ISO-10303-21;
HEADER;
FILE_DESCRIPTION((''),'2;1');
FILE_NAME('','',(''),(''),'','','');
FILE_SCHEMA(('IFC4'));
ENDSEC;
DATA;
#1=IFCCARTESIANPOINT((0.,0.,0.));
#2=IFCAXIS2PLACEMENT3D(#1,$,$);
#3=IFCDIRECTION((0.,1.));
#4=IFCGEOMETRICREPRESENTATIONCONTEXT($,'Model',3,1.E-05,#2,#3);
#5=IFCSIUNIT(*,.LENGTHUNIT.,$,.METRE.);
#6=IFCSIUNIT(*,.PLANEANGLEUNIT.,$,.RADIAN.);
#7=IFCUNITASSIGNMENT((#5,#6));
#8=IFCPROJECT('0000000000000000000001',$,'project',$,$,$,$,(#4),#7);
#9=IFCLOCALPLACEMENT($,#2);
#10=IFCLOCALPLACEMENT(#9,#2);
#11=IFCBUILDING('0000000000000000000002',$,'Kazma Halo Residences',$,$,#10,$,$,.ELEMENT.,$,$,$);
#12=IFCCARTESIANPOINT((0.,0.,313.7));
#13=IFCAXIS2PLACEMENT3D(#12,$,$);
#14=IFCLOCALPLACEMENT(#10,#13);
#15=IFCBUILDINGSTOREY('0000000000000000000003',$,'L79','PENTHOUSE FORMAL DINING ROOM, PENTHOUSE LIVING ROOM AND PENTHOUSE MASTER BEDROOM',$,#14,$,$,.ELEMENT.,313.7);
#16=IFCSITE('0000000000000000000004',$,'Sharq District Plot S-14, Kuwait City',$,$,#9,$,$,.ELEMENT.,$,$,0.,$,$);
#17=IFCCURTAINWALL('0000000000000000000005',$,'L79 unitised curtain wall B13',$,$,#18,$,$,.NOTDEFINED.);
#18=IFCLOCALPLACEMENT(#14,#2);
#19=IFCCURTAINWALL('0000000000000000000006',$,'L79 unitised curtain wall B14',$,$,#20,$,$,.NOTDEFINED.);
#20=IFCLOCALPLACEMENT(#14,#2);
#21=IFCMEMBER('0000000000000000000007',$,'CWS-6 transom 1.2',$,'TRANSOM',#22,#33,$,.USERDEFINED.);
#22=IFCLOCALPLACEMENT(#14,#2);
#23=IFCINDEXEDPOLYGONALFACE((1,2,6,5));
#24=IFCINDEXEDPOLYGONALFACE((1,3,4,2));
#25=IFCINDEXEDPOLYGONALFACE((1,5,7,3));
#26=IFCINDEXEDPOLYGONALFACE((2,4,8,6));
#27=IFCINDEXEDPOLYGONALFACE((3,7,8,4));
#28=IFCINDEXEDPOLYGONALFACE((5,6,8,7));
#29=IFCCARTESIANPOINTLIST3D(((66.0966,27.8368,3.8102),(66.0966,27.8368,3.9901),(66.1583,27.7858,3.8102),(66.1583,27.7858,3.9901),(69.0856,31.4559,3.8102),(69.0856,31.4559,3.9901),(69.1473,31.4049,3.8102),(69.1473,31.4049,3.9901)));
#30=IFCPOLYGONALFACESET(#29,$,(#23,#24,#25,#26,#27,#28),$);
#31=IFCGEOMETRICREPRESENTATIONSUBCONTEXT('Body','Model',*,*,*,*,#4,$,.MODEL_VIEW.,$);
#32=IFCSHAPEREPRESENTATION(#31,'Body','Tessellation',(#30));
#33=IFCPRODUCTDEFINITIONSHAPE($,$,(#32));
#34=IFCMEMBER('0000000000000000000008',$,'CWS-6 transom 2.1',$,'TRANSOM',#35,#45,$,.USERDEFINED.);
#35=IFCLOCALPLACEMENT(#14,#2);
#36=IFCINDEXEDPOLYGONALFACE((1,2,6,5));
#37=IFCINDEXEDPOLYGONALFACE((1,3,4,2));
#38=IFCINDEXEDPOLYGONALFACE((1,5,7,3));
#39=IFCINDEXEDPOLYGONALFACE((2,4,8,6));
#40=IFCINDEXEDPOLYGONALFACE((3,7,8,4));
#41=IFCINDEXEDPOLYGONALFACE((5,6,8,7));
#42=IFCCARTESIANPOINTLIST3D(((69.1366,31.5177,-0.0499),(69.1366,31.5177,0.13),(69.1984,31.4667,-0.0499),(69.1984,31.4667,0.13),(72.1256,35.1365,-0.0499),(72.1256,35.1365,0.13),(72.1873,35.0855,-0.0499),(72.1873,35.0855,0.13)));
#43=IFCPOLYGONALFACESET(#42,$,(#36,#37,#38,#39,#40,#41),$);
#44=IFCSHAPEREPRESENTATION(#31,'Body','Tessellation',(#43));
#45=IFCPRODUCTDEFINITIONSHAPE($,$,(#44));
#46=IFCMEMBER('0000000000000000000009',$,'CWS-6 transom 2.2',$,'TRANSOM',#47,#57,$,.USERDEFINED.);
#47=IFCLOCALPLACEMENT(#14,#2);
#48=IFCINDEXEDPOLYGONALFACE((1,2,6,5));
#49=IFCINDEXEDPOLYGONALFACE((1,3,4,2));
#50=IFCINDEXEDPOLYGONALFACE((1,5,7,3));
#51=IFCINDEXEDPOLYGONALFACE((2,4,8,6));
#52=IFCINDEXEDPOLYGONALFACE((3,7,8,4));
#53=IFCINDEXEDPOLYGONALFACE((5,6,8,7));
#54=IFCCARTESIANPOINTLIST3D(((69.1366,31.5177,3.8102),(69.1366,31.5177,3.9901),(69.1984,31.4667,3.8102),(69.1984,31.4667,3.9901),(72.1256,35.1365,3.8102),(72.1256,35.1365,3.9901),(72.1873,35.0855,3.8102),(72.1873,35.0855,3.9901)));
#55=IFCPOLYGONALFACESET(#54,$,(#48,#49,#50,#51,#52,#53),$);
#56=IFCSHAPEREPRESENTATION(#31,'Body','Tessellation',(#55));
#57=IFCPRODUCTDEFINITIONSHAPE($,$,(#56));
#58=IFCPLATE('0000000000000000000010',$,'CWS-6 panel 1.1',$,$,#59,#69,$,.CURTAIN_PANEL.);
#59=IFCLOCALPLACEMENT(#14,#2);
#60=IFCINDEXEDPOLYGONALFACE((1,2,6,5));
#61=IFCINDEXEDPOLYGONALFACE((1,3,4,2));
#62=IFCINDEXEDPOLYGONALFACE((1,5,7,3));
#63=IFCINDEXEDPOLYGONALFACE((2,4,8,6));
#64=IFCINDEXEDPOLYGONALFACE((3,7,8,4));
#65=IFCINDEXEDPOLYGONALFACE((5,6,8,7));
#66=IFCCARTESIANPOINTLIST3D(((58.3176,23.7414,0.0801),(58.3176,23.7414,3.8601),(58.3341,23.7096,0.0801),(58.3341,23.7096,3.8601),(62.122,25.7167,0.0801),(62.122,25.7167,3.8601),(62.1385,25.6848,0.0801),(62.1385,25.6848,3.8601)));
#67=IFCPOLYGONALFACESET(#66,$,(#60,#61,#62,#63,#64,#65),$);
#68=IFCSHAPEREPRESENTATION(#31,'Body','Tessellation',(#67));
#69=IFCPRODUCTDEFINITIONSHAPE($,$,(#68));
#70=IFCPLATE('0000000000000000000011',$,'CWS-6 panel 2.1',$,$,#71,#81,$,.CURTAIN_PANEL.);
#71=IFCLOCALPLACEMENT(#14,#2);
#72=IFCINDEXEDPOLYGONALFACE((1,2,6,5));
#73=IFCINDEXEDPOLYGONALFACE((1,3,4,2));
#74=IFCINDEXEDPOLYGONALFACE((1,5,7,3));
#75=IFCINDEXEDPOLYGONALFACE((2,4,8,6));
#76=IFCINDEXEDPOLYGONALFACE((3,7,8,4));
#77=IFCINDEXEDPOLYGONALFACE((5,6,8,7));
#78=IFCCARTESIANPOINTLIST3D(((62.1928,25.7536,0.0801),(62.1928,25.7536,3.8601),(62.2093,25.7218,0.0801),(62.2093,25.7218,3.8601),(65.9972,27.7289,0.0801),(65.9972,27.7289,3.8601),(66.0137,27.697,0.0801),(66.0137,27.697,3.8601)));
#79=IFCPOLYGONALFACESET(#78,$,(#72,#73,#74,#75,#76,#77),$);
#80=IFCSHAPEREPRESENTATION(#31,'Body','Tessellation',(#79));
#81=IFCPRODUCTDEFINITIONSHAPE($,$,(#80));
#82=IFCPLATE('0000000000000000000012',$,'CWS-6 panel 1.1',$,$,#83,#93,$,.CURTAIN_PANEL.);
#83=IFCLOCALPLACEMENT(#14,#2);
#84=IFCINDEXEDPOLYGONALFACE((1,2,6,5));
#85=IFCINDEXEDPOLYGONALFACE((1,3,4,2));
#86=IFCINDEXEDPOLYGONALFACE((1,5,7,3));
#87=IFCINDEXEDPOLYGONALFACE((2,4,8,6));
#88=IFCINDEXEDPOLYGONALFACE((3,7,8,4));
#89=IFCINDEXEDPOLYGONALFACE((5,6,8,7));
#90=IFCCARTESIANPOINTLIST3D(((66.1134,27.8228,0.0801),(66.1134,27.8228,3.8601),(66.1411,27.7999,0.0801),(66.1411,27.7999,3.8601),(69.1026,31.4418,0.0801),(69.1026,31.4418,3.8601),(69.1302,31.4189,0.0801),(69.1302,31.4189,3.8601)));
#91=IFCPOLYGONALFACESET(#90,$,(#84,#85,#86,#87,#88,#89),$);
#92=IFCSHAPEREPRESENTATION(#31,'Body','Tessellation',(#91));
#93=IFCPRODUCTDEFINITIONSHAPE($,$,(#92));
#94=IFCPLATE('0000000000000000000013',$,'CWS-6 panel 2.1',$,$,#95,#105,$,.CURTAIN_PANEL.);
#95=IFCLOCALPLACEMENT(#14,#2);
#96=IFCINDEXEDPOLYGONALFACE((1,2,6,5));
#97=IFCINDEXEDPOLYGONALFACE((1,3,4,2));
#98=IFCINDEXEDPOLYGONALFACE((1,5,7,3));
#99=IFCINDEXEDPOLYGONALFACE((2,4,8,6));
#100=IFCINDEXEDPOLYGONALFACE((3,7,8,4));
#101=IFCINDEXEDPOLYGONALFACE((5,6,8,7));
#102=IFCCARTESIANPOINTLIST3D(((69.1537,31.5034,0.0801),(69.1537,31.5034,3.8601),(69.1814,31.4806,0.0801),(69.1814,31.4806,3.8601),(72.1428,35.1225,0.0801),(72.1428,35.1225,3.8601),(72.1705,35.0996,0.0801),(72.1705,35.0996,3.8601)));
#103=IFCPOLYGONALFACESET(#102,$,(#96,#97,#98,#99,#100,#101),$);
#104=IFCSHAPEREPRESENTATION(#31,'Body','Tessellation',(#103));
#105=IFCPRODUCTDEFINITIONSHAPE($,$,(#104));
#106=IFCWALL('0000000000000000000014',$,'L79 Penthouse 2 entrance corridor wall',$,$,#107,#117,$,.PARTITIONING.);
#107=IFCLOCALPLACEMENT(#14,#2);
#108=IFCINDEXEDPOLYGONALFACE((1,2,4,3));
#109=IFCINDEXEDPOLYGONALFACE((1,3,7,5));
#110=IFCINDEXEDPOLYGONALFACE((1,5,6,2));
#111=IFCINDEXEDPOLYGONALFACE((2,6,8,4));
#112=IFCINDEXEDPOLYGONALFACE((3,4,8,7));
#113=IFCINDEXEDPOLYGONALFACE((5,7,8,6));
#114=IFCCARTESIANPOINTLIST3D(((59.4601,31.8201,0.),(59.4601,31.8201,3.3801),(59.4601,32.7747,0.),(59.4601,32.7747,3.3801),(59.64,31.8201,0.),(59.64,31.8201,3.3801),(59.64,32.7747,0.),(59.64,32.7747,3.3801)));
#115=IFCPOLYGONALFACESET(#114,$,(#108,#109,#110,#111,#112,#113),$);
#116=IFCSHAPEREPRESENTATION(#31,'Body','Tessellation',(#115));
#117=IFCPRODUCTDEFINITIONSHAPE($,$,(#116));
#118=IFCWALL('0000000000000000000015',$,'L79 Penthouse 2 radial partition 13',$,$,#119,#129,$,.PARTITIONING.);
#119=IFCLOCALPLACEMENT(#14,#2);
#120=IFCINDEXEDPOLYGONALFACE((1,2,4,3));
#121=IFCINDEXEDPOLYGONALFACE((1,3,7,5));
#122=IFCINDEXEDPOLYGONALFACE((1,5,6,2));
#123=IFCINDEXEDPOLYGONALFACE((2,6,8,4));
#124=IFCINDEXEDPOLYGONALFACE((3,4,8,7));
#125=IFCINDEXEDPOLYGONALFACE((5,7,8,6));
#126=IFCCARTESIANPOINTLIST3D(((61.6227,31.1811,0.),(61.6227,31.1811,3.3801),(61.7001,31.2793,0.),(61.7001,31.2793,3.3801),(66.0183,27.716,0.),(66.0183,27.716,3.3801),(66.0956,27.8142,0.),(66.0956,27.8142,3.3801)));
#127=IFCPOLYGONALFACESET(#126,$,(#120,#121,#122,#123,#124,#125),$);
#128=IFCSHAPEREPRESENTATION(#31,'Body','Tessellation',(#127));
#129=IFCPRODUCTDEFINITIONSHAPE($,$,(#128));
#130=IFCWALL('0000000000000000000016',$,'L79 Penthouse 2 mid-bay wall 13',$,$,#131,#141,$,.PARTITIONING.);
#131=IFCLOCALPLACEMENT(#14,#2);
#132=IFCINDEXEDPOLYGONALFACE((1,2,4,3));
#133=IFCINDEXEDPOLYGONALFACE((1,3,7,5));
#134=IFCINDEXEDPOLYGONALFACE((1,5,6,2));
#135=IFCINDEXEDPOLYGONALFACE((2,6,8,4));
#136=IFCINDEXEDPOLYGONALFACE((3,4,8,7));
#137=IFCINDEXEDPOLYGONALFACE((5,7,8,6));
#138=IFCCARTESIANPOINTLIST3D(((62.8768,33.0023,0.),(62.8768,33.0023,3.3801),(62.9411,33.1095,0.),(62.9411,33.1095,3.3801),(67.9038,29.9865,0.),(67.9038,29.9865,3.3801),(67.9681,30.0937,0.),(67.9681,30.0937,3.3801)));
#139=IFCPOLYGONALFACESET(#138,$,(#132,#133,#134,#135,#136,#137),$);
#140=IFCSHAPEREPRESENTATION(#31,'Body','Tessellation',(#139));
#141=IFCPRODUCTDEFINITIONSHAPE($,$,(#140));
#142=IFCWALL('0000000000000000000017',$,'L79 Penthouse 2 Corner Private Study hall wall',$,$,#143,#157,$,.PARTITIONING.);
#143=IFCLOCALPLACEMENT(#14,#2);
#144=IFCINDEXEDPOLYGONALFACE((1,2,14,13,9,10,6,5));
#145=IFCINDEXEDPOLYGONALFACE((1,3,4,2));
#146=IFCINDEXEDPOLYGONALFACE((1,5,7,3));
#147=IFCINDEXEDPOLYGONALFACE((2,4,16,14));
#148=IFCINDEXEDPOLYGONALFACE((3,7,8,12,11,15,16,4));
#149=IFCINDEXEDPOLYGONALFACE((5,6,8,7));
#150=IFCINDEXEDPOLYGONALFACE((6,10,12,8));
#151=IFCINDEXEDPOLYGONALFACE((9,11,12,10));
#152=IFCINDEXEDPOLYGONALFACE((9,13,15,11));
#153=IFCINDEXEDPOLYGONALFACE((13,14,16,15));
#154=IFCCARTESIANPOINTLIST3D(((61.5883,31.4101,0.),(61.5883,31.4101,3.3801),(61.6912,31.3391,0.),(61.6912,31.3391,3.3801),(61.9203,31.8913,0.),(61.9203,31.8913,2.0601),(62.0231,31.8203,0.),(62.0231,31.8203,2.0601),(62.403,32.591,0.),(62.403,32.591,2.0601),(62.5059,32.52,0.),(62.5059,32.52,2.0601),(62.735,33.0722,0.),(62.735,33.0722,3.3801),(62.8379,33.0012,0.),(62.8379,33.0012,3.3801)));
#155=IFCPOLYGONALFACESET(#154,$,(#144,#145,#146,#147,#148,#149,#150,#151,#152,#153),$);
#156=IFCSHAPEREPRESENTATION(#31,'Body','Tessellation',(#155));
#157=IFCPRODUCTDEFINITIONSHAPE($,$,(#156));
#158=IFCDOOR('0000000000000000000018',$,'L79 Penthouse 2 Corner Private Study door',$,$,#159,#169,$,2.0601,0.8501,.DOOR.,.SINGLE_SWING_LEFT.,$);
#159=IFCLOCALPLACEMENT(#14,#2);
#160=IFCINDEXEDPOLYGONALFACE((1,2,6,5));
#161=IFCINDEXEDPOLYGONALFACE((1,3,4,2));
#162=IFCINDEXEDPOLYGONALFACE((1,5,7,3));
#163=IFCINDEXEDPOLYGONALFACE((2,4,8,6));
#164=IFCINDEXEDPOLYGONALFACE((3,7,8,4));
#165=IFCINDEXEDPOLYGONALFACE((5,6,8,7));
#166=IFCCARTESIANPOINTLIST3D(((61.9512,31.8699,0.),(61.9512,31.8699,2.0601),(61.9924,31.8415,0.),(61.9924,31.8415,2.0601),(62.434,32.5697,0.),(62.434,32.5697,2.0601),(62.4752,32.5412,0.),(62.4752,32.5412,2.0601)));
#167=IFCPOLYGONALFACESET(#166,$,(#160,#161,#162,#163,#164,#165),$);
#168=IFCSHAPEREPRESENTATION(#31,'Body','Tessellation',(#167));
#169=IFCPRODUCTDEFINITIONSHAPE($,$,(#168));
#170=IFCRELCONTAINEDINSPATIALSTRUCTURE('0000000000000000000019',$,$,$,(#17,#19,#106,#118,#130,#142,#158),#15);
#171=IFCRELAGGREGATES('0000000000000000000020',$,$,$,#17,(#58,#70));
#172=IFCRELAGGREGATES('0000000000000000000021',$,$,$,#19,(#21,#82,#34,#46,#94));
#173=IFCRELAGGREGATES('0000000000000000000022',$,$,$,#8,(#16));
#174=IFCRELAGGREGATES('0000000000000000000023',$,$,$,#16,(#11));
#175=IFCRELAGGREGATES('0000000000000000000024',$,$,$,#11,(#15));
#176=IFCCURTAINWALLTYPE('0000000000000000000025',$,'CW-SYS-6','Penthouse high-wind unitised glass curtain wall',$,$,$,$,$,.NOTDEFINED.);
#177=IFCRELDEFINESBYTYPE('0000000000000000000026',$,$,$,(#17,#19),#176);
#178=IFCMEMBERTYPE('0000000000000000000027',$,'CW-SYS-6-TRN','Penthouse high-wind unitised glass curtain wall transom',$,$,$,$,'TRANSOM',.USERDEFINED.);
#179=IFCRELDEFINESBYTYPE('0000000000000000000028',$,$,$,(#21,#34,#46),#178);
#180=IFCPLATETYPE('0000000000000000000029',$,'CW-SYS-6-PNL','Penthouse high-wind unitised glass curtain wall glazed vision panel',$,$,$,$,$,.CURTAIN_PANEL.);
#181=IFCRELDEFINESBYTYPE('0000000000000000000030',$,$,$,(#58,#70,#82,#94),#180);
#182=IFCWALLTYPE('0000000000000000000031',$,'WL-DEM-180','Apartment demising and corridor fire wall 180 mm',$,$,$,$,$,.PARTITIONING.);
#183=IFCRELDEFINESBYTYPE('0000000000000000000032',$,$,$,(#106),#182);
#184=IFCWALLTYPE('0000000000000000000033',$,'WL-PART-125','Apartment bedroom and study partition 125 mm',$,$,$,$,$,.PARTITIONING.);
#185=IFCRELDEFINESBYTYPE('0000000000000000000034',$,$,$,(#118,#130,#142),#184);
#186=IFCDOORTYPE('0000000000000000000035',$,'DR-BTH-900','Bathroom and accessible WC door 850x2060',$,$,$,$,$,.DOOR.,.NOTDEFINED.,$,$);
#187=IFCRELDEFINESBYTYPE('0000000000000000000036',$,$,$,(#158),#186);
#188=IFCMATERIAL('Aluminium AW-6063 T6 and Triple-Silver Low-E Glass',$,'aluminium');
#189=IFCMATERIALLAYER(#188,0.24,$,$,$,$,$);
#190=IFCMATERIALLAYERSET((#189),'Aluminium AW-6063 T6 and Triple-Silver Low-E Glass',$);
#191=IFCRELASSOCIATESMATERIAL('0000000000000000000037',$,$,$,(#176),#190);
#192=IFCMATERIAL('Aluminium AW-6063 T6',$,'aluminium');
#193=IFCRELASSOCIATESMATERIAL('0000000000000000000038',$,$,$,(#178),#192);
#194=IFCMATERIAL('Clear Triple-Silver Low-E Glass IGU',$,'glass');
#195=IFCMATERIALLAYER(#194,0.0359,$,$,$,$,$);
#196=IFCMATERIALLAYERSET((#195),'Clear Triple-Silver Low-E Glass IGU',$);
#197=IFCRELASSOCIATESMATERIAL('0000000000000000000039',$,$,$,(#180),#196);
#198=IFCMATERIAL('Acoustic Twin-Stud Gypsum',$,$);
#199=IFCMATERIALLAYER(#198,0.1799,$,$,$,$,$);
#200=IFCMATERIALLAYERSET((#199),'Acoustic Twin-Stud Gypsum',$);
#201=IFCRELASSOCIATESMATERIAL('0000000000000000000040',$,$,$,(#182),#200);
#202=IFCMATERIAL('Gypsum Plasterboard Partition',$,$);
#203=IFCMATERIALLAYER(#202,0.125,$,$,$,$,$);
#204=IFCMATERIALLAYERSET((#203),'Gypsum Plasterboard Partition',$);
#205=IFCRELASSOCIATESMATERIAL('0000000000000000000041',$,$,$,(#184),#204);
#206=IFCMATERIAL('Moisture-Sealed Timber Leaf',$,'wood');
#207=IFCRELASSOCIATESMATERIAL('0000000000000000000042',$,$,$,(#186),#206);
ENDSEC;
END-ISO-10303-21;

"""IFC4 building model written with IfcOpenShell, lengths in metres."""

from ifc_helpers import new_model, si_unit, direction, frame, frame_2d, origin, origin_2d, place, context, subcontext, project, spatial, rectangle, extrude, material, layer, layer_set, material_profile, profile_set, type_object, element, fill, aggregate, save


model = new_model("IFC4")

# Units and contexts
model_context = context("Model", 3, precision=1e-05, world=origin(), true_north=direction((0.0, 1.0)))
body_context = subcontext(model_context, "Body", "Model", "MODEL_VIEW")
ifc_project = project(units=[si_unit("LENGTHUNIT", "METRE"), si_unit("PLANEANGLEUNIT", "RADIAN")], contexts=[model_context])

# Site, building, storey
site_placement = place(None, origin())
site = spatial("IfcSite", under=ifc_project, at=site_placement, Name="Sharq District Plot S-14, Kuwait City", CompositionType="ELEMENT", RefElevation=0.0)
building_placement = place(site_placement, origin())
building = spatial("IfcBuilding", under=site, at=building_placement, Name="Kazma Halo Residences", CompositionType="ELEMENT")
storey_placement = place(building_placement, frame((0.0, 0.0, 313.7)))
storey = spatial("IfcBuildingStorey", under=building, at=storey_placement, Name="L79", Description="PENTHOUSE FORMAL DINING ROOM, PENTHOUSE LIVING ROOM AND PENTHOUSE MASTER BEDROOM", CompositionType="ELEMENT", Elevation=313.7)

# Curtain walls
ifc_material_1 = material(Name="Aluminium AW-6063 T6 and Triple-Silver Low-E Glass", Category="aluminium")
ifc_layer_1 = layer(ifc_material_1, 0.24)
ifc_layer_set_1 = layer_set([ifc_layer_1], Name="Aluminium AW-6063 T6 and Triple-Silver Low-E Glass")
curtain_wall_type = type_object("IfcCurtainWallType", Name="CW-SYS-6", Description="Penthouse high-wind unitised glass curtain wall", PredefinedType="NOTDEFINED", material=ifc_layer_set_1)
curtain_wall_1_placement = place(storey_placement, origin())
curtain_wall_1 = element("IfcCurtainWall", 1, at=curtain_wall_1_placement, inside=storey, type_object=curtain_wall_type, Name="L79 unitised curtain wall B13", PredefinedType="NOTDEFINED")
ifc_material_2 = material(Name="Aluminium AW-6063 T6", Category="aluminium")
curtain_wall_2_placement = place(storey_placement, origin())
curtain_wall_2 = element("IfcCurtainWall", 2, at=curtain_wall_2_placement, inside=storey, type_object=curtain_wall_type, Name="L79 unitised curtain wall B14", PredefinedType="NOTDEFINED")

# Members
ifc_material_profile_1 = material_profile(ifc_material_2, rectangle(XDim=0.0801, YDim=0.1799, at=origin_2d()), Name="CWT-80x180")
ifc_profile_set_1 = profile_set([ifc_material_profile_1], Name="Aluminium AW-6063 T6")
member_type_1 = type_object("IfcMemberType", Name="CW-SYS-6-TRN", Description="Penthouse high-wind unitised glass curtain wall transom", ElementType="TRANSOM", PredefinedType="USERDEFINED", material=ifc_profile_set_1)
member_1_placement = place(storey_placement, frame((66.1274, 27.8113, 3.9001), z_axis=(0.636791, 0.771036, 0.0), x_axis=(-0.771036, 0.636791, 0.0)))
member_1 = element("IfcMember", 3, at=member_1_placement, type_object=member_type_1, Name="CWS-6 transom 1.2", ObjectType="TRANSOM", PredefinedType="USERDEFINED", context=body_context, shape_type="SweptSolid", body=[
    extrude(rectangle(XDim=0.0801, YDim=0.1799, at=origin_2d()), origin(), (0.0, 0.0, 1.0), 4.6938),
])
member_2_placement = place(storey_placement, frame((69.1675, 31.4922, 0.04), z_axis=(0.636817, 0.771015, 0.0), x_axis=(-0.771015, 0.636817, 0.0)))
member_2 = element("IfcMember", 4, at=member_2_placement, type_object=member_type_1, Name="CWS-6 transom 2.1", ObjectType="TRANSOM", PredefinedType="USERDEFINED", context=body_context, shape_type="SweptSolid", body=[
    extrude(rectangle(XDim=0.0801, YDim=0.1799, at=origin_2d()), origin(), (0.0, 0.0, 1.0), 4.6936),
])
member_3_placement = place(storey_placement, frame((69.1675, 31.4922, 3.9001), z_axis=(0.636817, 0.771015, 0.0), x_axis=(-0.771015, 0.636817, 0.0)))
member_3 = element("IfcMember", 5, at=member_3_placement, type_object=member_type_1, Name="CWS-6 transom 2.2", ObjectType="TRANSOM", PredefinedType="USERDEFINED", context=body_context, shape_type="SweptSolid", body=[
    extrude(rectangle(XDim=0.0801, YDim=0.1799, at=origin_2d()), origin(), (0.0, 0.0, 1.0), 4.6936),
])

# Plates
ifc_material_3 = material(Name="Clear Triple-Silver Low-E Glass IGU", Category="glass")
ifc_layer_2 = layer(ifc_material_3, 0.0359)
ifc_layer_set_2 = layer_set([ifc_layer_2], Name="Clear Triple-Silver Low-E Glass IGU")
plate_type = type_object("IfcPlateType", Name="CW-SYS-6-PNL", Description="Penthouse high-wind unitised glass curtain wall glazed vision panel", PredefinedType="CURTAIN_PANEL", material=ifc_layer_set_2)
plate_1_placement = place(storey_placement, frame((60.228, 24.7131, 0.0801), z_axis=(0.0, 0.0, 1.0), x_axis=(0.887506, 0.460796, 0.0)))
plate_1 = element("IfcPlate", 6, at=plate_1_placement, type_object=plate_type, Name="CWS-6 panel 1.1", PredefinedType="CURTAIN_PANEL", context=body_context, shape_type="SweptSolid", body=[
    extrude(rectangle(XDim=4.2866, YDim=0.0359, at=origin_2d()), origin(), (0.0, 0.0, 1.0), 3.78),
])
plate_2_placement = place(storey_placement, frame((64.1033, 26.7253, 0.0801), z_axis=(0.0, 0.0, 1.0), x_axis=(0.887506, 0.460796, 0.0)))
plate_2 = element("IfcPlate", 7, at=plate_2_placement, type_object=plate_type, Name="CWS-6 panel 2.1", PredefinedType="CURTAIN_PANEL", context=body_context, shape_type="SweptSolid", body=[
    extrude(rectangle(XDim=4.2866, YDim=0.0359, at=origin_2d()), origin(), (0.0, 0.0, 1.0), 3.78),
])
aggregate(curtain_wall_1, [plate_1, plate_2])
plate_3_placement = place(storey_placement, frame((67.6218, 29.6208, 0.0801), z_axis=(0.0, 0.0, 1.0), x_axis=(0.636818, 0.771014, 0.0)))
plate_3 = element("IfcPlate", 8, at=plate_3_placement, type_object=plate_type, Name="CWS-6 panel 1.1", PredefinedType="CURTAIN_PANEL", context=body_context, shape_type="SweptSolid", body=[
    extrude(rectangle(XDim=4.6938, YDim=0.0359, at=origin_2d()), origin(), (0.0, 0.0, 1.0), 3.78),
])
plate_4_placement = place(storey_placement, frame((70.6621, 33.3015, 0.0801), z_axis=(0.0, 0.0, 1.0), x_axis=(0.636818, 0.771014, 0.0)))
plate_4 = element("IfcPlate", 9, at=plate_4_placement, type_object=plate_type, Name="CWS-6 panel 2.1", PredefinedType="CURTAIN_PANEL", context=body_context, shape_type="SweptSolid", body=[
    extrude(rectangle(XDim=4.6938, YDim=0.0359, at=origin_2d()), origin(), (0.0, 0.0, 1.0), 3.78),
])
aggregate(curtain_wall_2, [member_1, plate_3, member_2, member_3, plate_4])

# Walls
ifc_material_4 = material(Name="Acoustic Twin-Stud Gypsum")
ifc_layer_3 = layer(ifc_material_4, 0.1799)
ifc_layer_set_3 = layer_set([ifc_layer_3], Name="Acoustic Twin-Stud Gypsum")
wall_type_1 = type_object("IfcWallType", Name="WL-DEM-180", Description="Apartment demising and corridor fire wall 180 mm", PredefinedType="PARTITIONING", material=ifc_layer_set_3)
wall_1_placement = place(storey_placement, frame((59.55, 31.8201, 0.0), z_axis=(0.0, 0.0, 1.0), x_axis=(0.0, 1.0, 0.0)))
element("IfcWall", 10, at=wall_1_placement, inside=storey, type_object=wall_type_1, Name="L79 Penthouse 2 entrance corridor wall", PredefinedType="PARTITIONING", context=body_context, shape_type="SweptSolid", body=[
    extrude(rectangle(XDim=0.9546, YDim=0.1799, at=frame_2d((0.4773, 0.0))), origin(), (0.0, 0.0, 1.0), 3.3801),
])
ifc_material_5 = material(Name="Gypsum Plasterboard Partition")
ifc_layer_4 = layer(ifc_material_5, 0.125)
ifc_layer_set_4 = layer_set([ifc_layer_4], Name="Gypsum Plasterboard Partition")
wall_type_2 = type_object("IfcWallType", Name="WL-PART-125", Description="Apartment bedroom and study partition 125 mm", PredefinedType="PARTITIONING", material=ifc_layer_set_4)
wall_2_placement = place(storey_placement, frame((61.6614, 31.2302, 0.0), z_axis=(0.0, 0.0, 1.0), x_axis=(0.785321, -0.619088, 0.0)))
element("IfcWall", 11, at=wall_2_placement, inside=storey, type_object=wall_type_2, Name="L79 Penthouse 2 radial partition 13", PredefinedType="PARTITIONING", context=body_context, shape_type="SweptSolid", body=[
    extrude(rectangle(XDim=5.5972, YDim=0.125, at=frame_2d((2.7986, 0.0))), origin(), (0.0, 0.0, 1.0), 3.3801),
])
wall_3_placement = place(storey_placement, frame((62.9089, 33.0559, 0.0), z_axis=(0.0, 0.0, 1.0), x_axis=(0.857522, -0.514447, 0.0)))
element("IfcWall", 12, at=wall_3_placement, inside=storey, type_object=wall_type_2, Name="L79 Penthouse 2 mid-bay wall 13", PredefinedType="PARTITIONING", context=body_context, shape_type="SweptSolid", body=[
    extrude(rectangle(XDim=5.8623, YDim=0.125, at=frame_2d((2.9312, 0.0))), origin(), (0.0, 0.0, 1.0), 3.3801),
])

# Wall, opening, door
wall_4_placement = place(storey_placement, frame((61.6396, 31.3745, 0.0), z_axis=(0.0, 0.0, 1.0), x_axis=(0.567883, 0.82311, 0.0)))
wall_4 = element("IfcWall", 13, at=wall_4_placement, inside=storey, type_object=wall_type_2, Name="L79 Penthouse 2 Corner Private Study hall wall", PredefinedType="PARTITIONING", context=body_context, shape_type="SweptSolid", body=[
    extrude(rectangle(XDim=2.0193, YDim=0.125, at=frame_2d((1.0098, 0.0))), origin(), (0.0, 0.0, 1.0), 3.3801),
])
opening_1_placement = place(wall_4_placement, frame((0.5847, 0.0, 0.0)))
opening_1 = element("IfcOpeningElement", 14, at=opening_1_placement, cuts=wall_4, PredefinedType="OPENING", context=body_context, shape_type="SweptSolid", body=[
    extrude(rectangle(XDim=0.8501, YDim=2.0601, at=frame_2d((0.425, 1.03))), frame((0.0, 0.0725, 0.0), z_axis=(0.0, -1.0, 0.0), x_axis=(1.0, 0.0, 0.0)), (0.0, 0.0, 1.0), 0.145),
])
ifc_material_6 = material(Name="Moisture-Sealed Timber Leaf", Category="wood")
door_type_1 = type_object("IfcDoorType", Name="DR-BTH-900", Description="Bathroom and accessible WC door 850x2060", OperationType="NOTDEFINED", PredefinedType="DOOR", material=ifc_material_6)
door_1_placement = place(opening_1_placement, origin())
door_1 = element("IfcDoor", 15, at=door_1_placement, inside=storey, type_object=door_type_1, Name="L79 Penthouse 2 Corner Private Study door", OperationType="SINGLE_SWING_LEFT", OverallHeight=2.0601, OverallWidth=0.8501, PredefinedType="DOOR", context=body_context, shape_type="SweptSolid", body=[
    extrude(rectangle(XDim=0.8501, YDim=2.0601, at=frame_2d((0.425, 1.03))), frame((0.0, 0.0249, 0.0), z_axis=(0.0, -1.0, 0.0), x_axis=(1.0, 0.0, 0.0)), (0.0, 0.0, 1.0), 0.05),
])
fill(opening_1, door_1)

save(model, "model.ifc")
